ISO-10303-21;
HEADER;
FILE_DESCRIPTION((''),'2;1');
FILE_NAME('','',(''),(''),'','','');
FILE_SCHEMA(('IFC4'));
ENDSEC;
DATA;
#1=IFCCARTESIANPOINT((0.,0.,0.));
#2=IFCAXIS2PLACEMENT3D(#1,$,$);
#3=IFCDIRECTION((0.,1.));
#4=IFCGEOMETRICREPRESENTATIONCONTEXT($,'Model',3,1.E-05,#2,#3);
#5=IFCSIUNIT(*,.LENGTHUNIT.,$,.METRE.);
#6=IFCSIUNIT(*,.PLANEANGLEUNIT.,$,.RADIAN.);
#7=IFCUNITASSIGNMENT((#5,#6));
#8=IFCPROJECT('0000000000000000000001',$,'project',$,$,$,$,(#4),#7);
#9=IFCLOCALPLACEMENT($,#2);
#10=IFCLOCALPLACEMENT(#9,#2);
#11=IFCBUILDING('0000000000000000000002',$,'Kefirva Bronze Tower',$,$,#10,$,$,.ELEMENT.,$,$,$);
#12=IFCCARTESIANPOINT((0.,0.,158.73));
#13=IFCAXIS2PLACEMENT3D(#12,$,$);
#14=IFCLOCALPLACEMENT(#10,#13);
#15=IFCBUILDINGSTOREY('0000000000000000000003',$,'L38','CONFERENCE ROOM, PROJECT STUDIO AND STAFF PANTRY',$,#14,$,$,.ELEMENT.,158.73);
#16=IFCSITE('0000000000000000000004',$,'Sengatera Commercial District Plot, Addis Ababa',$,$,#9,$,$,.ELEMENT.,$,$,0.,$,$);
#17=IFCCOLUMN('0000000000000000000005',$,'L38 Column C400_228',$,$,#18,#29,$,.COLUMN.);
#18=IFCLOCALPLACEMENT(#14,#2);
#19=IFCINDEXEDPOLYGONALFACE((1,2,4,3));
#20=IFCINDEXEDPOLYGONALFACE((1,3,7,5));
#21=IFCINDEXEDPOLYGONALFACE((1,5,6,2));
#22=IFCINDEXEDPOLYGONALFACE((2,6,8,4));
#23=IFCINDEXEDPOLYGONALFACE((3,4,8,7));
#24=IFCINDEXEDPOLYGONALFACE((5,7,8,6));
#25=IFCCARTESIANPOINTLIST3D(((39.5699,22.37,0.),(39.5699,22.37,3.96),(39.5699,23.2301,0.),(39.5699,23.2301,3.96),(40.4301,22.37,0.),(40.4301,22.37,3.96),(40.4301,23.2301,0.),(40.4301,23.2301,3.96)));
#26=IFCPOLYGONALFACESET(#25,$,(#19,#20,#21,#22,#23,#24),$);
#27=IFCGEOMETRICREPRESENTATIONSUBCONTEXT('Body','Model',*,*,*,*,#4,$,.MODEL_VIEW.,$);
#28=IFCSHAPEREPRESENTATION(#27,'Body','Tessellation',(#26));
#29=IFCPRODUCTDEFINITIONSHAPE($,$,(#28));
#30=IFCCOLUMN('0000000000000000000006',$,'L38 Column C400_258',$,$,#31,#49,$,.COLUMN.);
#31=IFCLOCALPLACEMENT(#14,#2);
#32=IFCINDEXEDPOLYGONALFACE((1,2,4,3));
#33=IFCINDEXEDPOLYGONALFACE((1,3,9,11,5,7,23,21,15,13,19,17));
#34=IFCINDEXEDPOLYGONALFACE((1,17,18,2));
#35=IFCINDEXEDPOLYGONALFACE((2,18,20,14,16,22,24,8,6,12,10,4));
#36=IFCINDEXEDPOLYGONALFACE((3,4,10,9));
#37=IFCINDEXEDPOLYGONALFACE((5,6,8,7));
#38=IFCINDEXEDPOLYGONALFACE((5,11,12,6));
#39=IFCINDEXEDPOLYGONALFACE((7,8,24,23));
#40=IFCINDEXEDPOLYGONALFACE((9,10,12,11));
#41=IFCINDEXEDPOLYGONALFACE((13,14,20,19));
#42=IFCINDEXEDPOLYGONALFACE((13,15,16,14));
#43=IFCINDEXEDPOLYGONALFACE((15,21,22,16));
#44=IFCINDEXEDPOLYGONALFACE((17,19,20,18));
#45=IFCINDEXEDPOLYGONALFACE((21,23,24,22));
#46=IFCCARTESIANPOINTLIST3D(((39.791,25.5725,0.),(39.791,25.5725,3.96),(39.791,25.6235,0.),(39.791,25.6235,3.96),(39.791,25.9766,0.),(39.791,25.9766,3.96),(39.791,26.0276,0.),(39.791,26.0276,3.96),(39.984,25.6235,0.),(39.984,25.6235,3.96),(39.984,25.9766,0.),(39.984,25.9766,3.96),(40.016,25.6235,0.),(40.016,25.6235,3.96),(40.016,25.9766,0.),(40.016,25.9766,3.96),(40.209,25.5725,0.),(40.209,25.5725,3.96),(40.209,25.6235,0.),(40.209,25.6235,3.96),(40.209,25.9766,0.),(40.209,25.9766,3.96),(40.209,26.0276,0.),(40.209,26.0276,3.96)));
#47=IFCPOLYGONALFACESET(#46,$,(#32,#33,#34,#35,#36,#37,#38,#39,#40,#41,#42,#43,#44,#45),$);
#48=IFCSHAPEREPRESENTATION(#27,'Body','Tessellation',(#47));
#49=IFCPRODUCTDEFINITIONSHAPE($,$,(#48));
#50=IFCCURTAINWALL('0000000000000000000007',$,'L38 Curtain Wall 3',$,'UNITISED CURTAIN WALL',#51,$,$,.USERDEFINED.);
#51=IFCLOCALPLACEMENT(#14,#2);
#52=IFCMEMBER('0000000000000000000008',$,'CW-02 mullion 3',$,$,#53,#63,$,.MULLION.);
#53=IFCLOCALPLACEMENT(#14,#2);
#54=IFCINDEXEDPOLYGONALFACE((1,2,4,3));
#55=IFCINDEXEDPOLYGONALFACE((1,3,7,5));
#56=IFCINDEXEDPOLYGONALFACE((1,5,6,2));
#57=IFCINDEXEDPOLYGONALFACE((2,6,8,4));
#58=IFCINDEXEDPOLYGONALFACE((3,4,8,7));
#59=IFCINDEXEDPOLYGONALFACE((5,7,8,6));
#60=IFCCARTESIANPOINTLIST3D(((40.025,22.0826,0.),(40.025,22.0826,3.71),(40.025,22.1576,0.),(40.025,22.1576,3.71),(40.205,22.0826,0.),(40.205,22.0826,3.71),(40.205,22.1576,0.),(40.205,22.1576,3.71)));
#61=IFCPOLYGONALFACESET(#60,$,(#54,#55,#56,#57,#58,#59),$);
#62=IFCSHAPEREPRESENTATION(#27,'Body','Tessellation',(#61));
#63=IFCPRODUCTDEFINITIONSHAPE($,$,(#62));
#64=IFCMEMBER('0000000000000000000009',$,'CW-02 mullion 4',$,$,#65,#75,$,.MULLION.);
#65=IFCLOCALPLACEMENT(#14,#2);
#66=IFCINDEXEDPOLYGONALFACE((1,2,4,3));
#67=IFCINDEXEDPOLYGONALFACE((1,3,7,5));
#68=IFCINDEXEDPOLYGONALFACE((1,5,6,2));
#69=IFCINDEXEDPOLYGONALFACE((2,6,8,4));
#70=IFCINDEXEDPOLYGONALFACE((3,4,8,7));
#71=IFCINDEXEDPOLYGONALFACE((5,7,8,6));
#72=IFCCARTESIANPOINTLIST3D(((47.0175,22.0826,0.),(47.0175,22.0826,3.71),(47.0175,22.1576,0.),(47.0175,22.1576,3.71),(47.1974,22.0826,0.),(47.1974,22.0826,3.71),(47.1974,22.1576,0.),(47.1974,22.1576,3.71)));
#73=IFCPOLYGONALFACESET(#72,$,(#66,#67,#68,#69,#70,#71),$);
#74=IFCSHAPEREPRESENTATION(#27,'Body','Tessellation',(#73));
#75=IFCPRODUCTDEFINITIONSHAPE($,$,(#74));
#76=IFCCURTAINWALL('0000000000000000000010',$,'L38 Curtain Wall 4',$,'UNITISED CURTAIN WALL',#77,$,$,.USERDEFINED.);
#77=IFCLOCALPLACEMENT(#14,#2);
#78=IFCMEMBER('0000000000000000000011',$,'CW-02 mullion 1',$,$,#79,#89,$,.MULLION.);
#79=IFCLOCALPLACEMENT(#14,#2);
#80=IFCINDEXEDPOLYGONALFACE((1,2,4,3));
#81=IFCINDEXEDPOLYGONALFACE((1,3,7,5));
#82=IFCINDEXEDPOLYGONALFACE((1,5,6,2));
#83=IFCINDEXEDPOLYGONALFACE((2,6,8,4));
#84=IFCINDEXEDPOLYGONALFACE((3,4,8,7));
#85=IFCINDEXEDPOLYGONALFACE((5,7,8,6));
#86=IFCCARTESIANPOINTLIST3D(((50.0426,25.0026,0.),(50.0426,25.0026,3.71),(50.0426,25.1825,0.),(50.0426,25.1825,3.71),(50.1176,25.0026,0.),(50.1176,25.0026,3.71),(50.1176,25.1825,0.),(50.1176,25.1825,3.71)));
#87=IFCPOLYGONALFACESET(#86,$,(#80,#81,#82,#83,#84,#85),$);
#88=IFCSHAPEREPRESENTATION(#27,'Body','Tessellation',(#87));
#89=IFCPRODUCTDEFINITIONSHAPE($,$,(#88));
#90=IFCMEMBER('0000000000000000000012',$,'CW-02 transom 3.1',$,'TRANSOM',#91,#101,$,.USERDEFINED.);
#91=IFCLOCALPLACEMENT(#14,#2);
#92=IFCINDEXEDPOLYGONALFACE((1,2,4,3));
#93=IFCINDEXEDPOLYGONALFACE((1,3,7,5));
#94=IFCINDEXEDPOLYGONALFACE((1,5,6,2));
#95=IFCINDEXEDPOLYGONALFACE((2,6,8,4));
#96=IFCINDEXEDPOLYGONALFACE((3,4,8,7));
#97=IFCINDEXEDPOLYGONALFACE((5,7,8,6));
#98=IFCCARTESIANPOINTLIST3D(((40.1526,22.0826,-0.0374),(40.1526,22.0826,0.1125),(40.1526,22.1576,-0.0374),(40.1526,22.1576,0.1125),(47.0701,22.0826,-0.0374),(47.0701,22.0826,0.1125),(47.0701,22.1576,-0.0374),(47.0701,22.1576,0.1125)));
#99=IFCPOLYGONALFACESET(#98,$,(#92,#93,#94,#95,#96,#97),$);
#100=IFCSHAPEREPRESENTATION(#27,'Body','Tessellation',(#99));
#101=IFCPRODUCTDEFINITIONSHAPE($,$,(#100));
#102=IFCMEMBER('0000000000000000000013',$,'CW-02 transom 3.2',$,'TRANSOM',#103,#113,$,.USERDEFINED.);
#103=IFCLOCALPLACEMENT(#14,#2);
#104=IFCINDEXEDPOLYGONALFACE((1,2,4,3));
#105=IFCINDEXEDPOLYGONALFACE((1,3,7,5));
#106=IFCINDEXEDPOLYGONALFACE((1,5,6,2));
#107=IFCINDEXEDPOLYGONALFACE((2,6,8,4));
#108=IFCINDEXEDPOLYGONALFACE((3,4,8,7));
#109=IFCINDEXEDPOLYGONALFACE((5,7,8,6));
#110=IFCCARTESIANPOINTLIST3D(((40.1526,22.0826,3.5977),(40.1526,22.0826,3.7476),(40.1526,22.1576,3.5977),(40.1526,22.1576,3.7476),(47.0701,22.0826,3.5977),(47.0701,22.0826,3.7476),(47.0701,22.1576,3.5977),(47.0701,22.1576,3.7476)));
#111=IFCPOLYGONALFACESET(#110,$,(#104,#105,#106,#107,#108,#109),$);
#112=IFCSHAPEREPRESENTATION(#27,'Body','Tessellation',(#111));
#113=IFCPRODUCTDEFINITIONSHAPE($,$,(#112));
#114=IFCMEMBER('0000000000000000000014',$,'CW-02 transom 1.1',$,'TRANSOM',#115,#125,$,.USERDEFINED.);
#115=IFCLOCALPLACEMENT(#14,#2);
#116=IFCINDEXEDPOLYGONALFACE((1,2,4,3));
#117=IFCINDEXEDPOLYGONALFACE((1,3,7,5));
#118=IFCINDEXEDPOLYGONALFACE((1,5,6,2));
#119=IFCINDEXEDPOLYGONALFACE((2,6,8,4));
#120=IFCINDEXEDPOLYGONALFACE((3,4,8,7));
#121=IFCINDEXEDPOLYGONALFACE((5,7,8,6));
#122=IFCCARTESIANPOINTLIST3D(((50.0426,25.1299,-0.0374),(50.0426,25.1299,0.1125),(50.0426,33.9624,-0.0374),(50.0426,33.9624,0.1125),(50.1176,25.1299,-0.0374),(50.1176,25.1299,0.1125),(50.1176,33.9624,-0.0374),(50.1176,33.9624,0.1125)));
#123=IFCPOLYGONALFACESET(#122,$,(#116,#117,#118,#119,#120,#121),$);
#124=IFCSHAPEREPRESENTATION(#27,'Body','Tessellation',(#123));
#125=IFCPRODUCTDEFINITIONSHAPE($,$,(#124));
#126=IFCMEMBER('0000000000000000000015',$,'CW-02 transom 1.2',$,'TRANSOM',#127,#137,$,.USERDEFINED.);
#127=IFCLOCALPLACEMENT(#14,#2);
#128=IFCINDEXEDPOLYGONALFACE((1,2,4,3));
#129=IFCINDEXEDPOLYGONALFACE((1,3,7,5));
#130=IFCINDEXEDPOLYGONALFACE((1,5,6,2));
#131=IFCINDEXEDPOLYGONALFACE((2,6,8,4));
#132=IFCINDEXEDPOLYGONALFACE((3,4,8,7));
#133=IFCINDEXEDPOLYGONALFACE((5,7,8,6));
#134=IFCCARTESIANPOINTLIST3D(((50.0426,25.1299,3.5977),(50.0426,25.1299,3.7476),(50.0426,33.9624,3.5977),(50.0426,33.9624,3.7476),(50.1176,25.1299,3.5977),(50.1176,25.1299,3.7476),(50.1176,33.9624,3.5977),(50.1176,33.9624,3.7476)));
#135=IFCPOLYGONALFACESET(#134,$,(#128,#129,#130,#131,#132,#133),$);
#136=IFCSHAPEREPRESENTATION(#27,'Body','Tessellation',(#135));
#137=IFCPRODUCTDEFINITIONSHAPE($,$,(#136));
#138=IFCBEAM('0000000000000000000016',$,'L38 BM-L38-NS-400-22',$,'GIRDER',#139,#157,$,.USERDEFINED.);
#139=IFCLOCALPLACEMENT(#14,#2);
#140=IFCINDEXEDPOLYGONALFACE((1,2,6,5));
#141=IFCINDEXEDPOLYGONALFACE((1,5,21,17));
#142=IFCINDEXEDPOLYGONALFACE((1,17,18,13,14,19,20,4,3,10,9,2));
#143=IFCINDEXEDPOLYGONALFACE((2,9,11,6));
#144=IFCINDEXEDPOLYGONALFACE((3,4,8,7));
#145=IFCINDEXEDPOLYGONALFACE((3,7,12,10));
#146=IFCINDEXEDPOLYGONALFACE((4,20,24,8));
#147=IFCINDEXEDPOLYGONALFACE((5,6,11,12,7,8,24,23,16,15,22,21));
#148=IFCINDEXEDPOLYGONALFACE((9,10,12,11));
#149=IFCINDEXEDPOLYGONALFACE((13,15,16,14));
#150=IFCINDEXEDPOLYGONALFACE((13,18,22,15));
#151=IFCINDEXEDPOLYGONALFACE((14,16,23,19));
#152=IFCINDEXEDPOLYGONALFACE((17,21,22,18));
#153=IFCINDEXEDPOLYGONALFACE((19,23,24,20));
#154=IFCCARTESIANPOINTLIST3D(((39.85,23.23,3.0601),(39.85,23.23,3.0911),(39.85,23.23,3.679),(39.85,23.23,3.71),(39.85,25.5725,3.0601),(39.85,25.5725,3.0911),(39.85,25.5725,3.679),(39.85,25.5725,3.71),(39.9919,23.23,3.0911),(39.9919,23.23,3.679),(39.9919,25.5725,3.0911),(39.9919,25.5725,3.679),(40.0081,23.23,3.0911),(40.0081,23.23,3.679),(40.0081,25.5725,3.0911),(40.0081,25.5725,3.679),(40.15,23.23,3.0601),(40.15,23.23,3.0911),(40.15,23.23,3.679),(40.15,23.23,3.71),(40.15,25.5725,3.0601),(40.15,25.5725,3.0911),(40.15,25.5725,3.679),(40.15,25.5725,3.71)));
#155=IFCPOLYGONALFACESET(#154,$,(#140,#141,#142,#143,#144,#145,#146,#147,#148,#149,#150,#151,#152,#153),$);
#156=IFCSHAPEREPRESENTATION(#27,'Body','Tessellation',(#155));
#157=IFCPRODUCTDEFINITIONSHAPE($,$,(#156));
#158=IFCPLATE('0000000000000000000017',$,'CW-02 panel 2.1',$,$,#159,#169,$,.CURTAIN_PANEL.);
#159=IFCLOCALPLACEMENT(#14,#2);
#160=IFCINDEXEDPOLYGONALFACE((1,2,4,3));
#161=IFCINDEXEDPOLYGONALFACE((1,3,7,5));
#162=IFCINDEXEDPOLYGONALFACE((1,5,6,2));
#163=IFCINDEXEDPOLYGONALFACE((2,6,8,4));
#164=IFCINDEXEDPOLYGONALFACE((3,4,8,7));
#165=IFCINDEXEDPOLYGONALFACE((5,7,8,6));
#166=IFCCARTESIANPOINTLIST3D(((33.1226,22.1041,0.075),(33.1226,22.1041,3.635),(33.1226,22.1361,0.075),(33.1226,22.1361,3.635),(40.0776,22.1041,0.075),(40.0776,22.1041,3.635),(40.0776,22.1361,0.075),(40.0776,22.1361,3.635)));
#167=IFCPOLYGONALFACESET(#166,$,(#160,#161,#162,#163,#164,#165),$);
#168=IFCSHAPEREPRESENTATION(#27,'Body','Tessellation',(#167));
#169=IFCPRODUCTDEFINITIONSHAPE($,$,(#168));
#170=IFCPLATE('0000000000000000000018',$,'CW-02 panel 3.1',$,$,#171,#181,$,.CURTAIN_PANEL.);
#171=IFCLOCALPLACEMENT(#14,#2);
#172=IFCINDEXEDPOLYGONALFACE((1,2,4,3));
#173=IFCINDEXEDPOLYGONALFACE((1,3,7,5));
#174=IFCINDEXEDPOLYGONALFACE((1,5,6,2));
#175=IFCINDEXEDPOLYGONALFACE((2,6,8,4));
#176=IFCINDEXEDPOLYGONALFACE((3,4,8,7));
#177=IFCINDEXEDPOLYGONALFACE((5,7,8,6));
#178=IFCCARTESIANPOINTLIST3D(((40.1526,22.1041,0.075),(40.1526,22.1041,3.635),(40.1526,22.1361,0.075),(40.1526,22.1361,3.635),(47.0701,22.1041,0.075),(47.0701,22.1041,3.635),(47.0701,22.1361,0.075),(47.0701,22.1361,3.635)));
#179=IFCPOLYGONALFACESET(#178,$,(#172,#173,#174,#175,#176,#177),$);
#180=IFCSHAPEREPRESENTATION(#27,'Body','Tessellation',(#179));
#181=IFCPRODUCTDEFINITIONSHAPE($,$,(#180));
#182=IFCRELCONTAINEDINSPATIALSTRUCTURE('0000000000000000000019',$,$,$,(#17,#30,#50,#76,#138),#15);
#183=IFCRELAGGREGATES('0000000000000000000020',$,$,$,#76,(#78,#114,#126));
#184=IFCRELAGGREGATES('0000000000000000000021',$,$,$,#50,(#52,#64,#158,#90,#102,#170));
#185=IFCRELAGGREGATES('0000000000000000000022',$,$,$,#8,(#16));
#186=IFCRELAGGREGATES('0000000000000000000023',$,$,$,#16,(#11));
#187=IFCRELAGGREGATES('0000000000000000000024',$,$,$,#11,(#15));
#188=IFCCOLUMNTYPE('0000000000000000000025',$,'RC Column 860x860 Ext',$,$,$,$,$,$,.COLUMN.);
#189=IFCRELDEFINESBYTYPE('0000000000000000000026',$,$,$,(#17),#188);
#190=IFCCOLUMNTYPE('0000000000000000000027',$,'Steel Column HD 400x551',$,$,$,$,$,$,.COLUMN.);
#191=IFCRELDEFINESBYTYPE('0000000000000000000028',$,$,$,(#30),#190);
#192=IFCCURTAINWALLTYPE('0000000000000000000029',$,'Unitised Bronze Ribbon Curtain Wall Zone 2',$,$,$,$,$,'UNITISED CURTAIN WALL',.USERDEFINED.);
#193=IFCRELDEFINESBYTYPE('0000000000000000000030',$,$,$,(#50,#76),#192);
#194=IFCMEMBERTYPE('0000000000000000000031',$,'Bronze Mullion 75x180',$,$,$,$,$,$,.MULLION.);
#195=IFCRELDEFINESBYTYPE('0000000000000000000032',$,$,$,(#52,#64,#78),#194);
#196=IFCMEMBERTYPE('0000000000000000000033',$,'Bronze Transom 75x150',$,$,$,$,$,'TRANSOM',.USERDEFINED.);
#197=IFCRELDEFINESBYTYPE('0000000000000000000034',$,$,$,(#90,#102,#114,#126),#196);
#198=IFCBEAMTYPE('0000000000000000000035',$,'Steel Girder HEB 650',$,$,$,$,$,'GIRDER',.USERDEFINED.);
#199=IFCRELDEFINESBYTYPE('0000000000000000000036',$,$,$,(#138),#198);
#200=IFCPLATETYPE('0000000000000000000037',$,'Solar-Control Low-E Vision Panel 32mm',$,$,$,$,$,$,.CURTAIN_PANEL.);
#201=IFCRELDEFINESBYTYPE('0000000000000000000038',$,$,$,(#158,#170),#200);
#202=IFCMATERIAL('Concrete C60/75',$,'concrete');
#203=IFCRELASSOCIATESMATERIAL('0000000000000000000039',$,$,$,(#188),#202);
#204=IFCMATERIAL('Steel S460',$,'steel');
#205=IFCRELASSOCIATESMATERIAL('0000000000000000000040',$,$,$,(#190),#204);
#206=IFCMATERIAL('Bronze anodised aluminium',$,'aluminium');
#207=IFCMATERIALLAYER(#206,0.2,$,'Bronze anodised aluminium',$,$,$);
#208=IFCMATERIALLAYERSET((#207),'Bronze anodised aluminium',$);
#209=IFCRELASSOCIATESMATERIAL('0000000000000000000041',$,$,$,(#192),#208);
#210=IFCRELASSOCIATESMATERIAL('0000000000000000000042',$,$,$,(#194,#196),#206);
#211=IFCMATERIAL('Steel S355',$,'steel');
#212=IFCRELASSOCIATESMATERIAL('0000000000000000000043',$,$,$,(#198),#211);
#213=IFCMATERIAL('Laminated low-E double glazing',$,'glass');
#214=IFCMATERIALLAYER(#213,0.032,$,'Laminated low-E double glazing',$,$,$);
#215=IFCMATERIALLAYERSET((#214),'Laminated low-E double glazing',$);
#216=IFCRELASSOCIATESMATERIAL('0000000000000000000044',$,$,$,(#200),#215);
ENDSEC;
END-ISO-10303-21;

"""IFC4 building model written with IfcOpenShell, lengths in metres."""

from ifc_helpers import new_model, si_unit, direction, frame, origin, origin_2d, place, context, subcontext, project, spatial, rectangle, i_section, extrude, material, layer, layer_set, material_profile, profile_set, type_object, element, aggregate, save


model = new_model("IFC4")

# Units and contexts
model_context = context("Model", 3, precision=1e-05, world=origin(), true_north=direction((0.0, 1.0)))
body_context = subcontext(model_context, "Body", "Model", "MODEL_VIEW")
ifc_project = project(units=[si_unit("LENGTHUNIT", "METRE"), si_unit("PLANEANGLEUNIT", "RADIAN")], contexts=[model_context])

# Site, building, storey
site_placement = place(None, origin())
site = spatial("IfcSite", under=ifc_project, at=site_placement, Name="Sengatera Commercial District Plot, Addis Ababa", CompositionType="ELEMENT", RefElevation=0.0)
building_placement = place(site_placement, origin())
building = spatial("IfcBuilding", under=site, at=building_placement, Name="Kefirva Bronze Tower", CompositionType="ELEMENT")
storey_placement = place(building_placement, frame((0.0, 0.0, 158.73)))
storey = spatial("IfcBuildingStorey", under=building, at=storey_placement, Name="L38", Description="CONFERENCE ROOM, PROJECT STUDIO AND STAFF PANTRY", CompositionType="ELEMENT", Elevation=158.73)

# Columns
ifc_material_1 = material(Name="Concrete C60/75", Category="concrete")
ifc_material_profile_1 = material_profile(ifc_material_1, rectangle(XDim=0.8601, YDim=0.8601, at=origin_2d()), Name="RC 860x860")
ifc_profile_set_1 = profile_set([ifc_material_profile_1], Name="Concrete C60/75")
column_type_1 = type_object("IfcColumnType", Name="RC Column 860x860 Ext", PredefinedType="COLUMN", material=ifc_profile_set_1)
column_1_placement = place(storey_placement, frame((40.0, 22.8, 0.0), z_axis=(0.0, 0.0, 1.0), x_axis=(1.0, 0.0, 0.0)))
element("IfcColumn", 1, at=column_1_placement, inside=storey, type_object=column_type_1, Name="L38 Column C400_228", PredefinedType="COLUMN", context=body_context, shape_type="SweptSolid", body=[
    extrude(rectangle(XDim=0.8601, YDim=0.8601, at=origin_2d()), origin(), (0.0, 0.0, 1.0), 3.96),
])
ifc_material_2 = material(Name="Steel S460", Category="steel")
ifc_material_profile_2 = material_profile(ifc_material_2, i_section(OverallWidth=0.418, OverallDepth=0.4551, WebThickness=0.032, FlangeThickness=0.051, at=origin_2d()), Name="HD 400x551")
ifc_profile_set_2 = profile_set([ifc_material_profile_2], Name="Steel S460")
column_type_2 = type_object("IfcColumnType", Name="Steel Column HD 400x551", PredefinedType="COLUMN", material=ifc_profile_set_2)
column_2_placement = place(storey_placement, frame((40.0, 25.8, 0.0), z_axis=(0.0, 0.0, 1.0), x_axis=(1.0, 0.0, 0.0)))
element("IfcColumn", 2, at=column_2_placement, inside=storey, type_object=column_type_2, Name="L38 Column C400_258", PredefinedType="COLUMN", context=body_context, shape_type="SweptSolid", body=[
    extrude(i_section(OverallWidth=0.418, OverallDepth=0.4551, WebThickness=0.032, FlangeThickness=0.051, at=origin_2d()), origin(), (0.0, 0.0, 1.0), 3.96),
])

# Curtain wall, members
ifc_material_3 = material(Name="Bronze anodised aluminium", Category="aluminium")
ifc_layer_1 = layer(ifc_material_3, 0.2, Name="Bronze anodised aluminium")
ifc_layer_set_1 = layer_set([ifc_layer_1], Name="Bronze anodised aluminium")
curtain_wall_type = type_object("IfcCurtainWallType", Name="Unitised Bronze Ribbon Curtain Wall Zone 2", ElementType="UNITISED CURTAIN WALL", PredefinedType="USERDEFINED", material=ifc_layer_set_1)
curtain_wall_1_placement = place(storey_placement, origin())
curtain_wall_1 = element("IfcCurtainWall", 3, at=curtain_wall_1_placement, inside=storey, type_object=curtain_wall_type, Name="L38 Curtain Wall 3", ObjectType="UNITISED CURTAIN WALL", PredefinedType="USERDEFINED")
ifc_material_profile_3 = material_profile(ifc_material_3, rectangle(XDim=0.075, YDim=0.1799, at=origin_2d()), Name="ALU 75x180")
ifc_profile_set_3 = profile_set([ifc_material_profile_3], Name="Bronze anodised aluminium")
member_type_1 = type_object("IfcMemberType", Name="Bronze Mullion 75x180", PredefinedType="MULLION", material=ifc_profile_set_3)
member_1_placement = place(storey_placement, frame((40.115, 22.1201, 0.0), z_axis=(0.0, 0.0, 1.0), x_axis=(0.0, 1.0, 0.0)))
member_1 = element("IfcMember", 4, at=member_1_placement, type_object=member_type_1, Name="CW-02 mullion 3", PredefinedType="MULLION", context=body_context, shape_type="SweptSolid", body=[
    extrude(rectangle(XDim=0.075, YDim=0.1799, at=origin_2d()), origin(), (0.0, 0.0, 1.0), 3.71),
])
member_2_placement = place(storey_placement, frame((47.1074, 22.1201, 0.0), z_axis=(0.0, 0.0, 1.0), x_axis=(0.0, 1.0, 0.0)))
member_2 = element("IfcMember", 5, at=member_2_placement, type_object=member_type_1, Name="CW-02 mullion 4", PredefinedType="MULLION", context=body_context, shape_type="SweptSolid", body=[
    extrude(rectangle(XDim=0.075, YDim=0.1799, at=origin_2d()), origin(), (0.0, 0.0, 1.0), 3.71),
])

# Curtain wall, member
curtain_wall_2_placement = place(storey_placement, origin())
curtain_wall_2 = element("IfcCurtainWall", 6, at=curtain_wall_2_placement, inside=storey, type_object=curtain_wall_type, Name="L38 Curtain Wall 4", ObjectType="UNITISED CURTAIN WALL", PredefinedType="USERDEFINED")
member_3_placement = place(storey_placement, frame((50.0801, 25.0925, 0.0), z_axis=(0.0, 0.0, 1.0), x_axis=(-1.0, 0.0, 0.0)))
member_3 = element("IfcMember", 7, at=member_3_placement, type_object=member_type_1, Name="CW-02 mullion 1", PredefinedType="MULLION", context=body_context, shape_type="SweptSolid", body=[
    extrude(rectangle(XDim=0.075, YDim=0.1799, at=origin_2d()), origin(), (0.0, 0.0, 1.0), 3.71),
])

# Members
ifc_material_profile_4 = material_profile(ifc_material_3, rectangle(XDim=0.075, YDim=0.1499, at=origin_2d()), Name="ALU 75x150")
ifc_profile_set_4 = profile_set([ifc_material_profile_4], Name="Bronze anodised aluminium")
member_type_2 = type_object("IfcMemberType", Name="Bronze Transom 75x150", ElementType="TRANSOM", PredefinedType="USERDEFINED", material=ifc_profile_set_4)
member_4_placement = place(storey_placement, frame((40.1526, 22.1201, 0.0376), z_axis=(1.0, 0.0, 0.0), x_axis=(0.0, 1.0, 0.0)))
member_4 = element("IfcMember", 8, at=member_4_placement, type_object=member_type_2, Name="CW-02 transom 3.1", ObjectType="TRANSOM", PredefinedType="USERDEFINED", context=body_context, shape_type="SweptSolid", body=[
    extrude(rectangle(XDim=0.075, YDim=0.1499, at=origin_2d()), origin(), (0.0, 0.0, 1.0), 6.9175),
])
member_5_placement = place(storey_placement, frame((40.1526, 22.1201, 3.6726), z_axis=(1.0, 0.0, 0.0), x_axis=(0.0, 1.0, 0.0)))
member_5 = element("IfcMember", 9, at=member_5_placement, type_object=member_type_2, Name="CW-02 transom 3.2", ObjectType="TRANSOM", PredefinedType="USERDEFINED", context=body_context, shape_type="SweptSolid", body=[
    extrude(rectangle(XDim=0.075, YDim=0.1499, at=origin_2d()), origin(), (0.0, 0.0, 1.0), 6.9175),
])
member_6_placement = place(storey_placement, frame((50.0801, 25.1299, 0.0376), z_axis=(0.0, 1.0, 0.0), x_axis=(-1.0, 0.0, 0.0)))
member_6 = element("IfcMember", 10, at=member_6_placement, type_object=member_type_2, Name="CW-02 transom 1.1", ObjectType="TRANSOM", PredefinedType="USERDEFINED", context=body_context, shape_type="SweptSolid", body=[
    extrude(rectangle(XDim=0.075, YDim=0.1499, at=origin_2d()), origin(), (0.0, 0.0, 1.0), 8.8325),
])
member_7_placement = place(storey_placement, frame((50.0801, 25.1299, 3.6726), z_axis=(0.0, 1.0, 0.0), x_axis=(-1.0, 0.0, 0.0)))
member_7 = element("IfcMember", 11, at=member_7_placement, type_object=member_type_2, Name="CW-02 transom 1.2", ObjectType="TRANSOM", PredefinedType="USERDEFINED", context=body_context, shape_type="SweptSolid", body=[
    extrude(rectangle(XDim=0.075, YDim=0.1499, at=origin_2d()), origin(), (0.0, 0.0, 1.0), 8.8325),
])
aggregate(curtain_wall_2, [member_3, member_6, member_7])

# Beam
ifc_material_4 = material(Name="Steel S355", Category="steel")
ifc_material_profile_5 = material_profile(ifc_material_4, i_section(OverallWidth=0.3, OverallDepth=0.6499, WebThickness=0.0161, FlangeThickness=0.031, at=origin_2d()), Name="HEB 650")
ifc_profile_set_5 = profile_set([ifc_material_profile_5], Name="Steel S355")
beam_type = type_object("IfcBeamType", Name="Steel Girder HEB 650", ElementType="GIRDER", PredefinedType="USERDEFINED", material=ifc_profile_set_5)
beam_placement = place(storey_placement, frame((40.0, 23.23, 3.385), z_axis=(0.0, 1.0, 0.0), x_axis=(-1.0, 0.0, 0.0)))
element("IfcBeam", 12, at=beam_placement, inside=storey, type_object=beam_type, Name="L38 BM-L38-NS-400-22", ObjectType="GIRDER", PredefinedType="USERDEFINED", context=body_context, shape_type="SweptSolid", body=[
    extrude(i_section(OverallWidth=0.3, OverallDepth=0.6499, WebThickness=0.0161, FlangeThickness=0.031, at=origin_2d()), origin(), (0.0, 0.0, 1.0), 2.3425),
])

# Plates
ifc_material_5 = material(Name="Laminated low-E double glazing", Category="glass")
ifc_layer_2 = layer(ifc_material_5, 0.032, Name="Laminated low-E double glazing")
ifc_layer_set_2 = layer_set([ifc_layer_2], Name="Laminated low-E double glazing")
plate_type = type_object("IfcPlateType", Name="Solar-Control Low-E Vision Panel 32mm", PredefinedType="CURTAIN_PANEL", material=ifc_layer_set_2)
plate_1_placement = place(storey_placement, frame((36.6001, 22.1201, 0.075), z_axis=(0.0, 0.0, 1.0), x_axis=(1.0, 0.0, 0.0)))
plate_1 = element("IfcPlate", 13, at=plate_1_placement, type_object=plate_type, Name="CW-02 panel 2.1", PredefinedType="CURTAIN_PANEL", context=body_context, shape_type="SweptSolid", body=[
    extrude(rectangle(XDim=6.9551, YDim=0.032, at=origin_2d()), origin(), (0.0, 0.0, 1.0), 3.5601),
])
plate_2_placement = place(storey_placement, frame((43.6113, 22.1201, 0.075), z_axis=(0.0, 0.0, 1.0), x_axis=(1.0, 0.0, 0.0)))
plate_2 = element("IfcPlate", 14, at=plate_2_placement, type_object=plate_type, Name="CW-02 panel 3.1", PredefinedType="CURTAIN_PANEL", context=body_context, shape_type="SweptSolid", body=[
    extrude(rectangle(XDim=6.9175, YDim=0.032, at=origin_2d()), origin(), (0.0, 0.0, 1.0), 3.5601),
])
aggregate(curtain_wall_1, [member_1, member_2, plate_1, member_4, member_5, plate_2])

save(model, "model.ifc")
